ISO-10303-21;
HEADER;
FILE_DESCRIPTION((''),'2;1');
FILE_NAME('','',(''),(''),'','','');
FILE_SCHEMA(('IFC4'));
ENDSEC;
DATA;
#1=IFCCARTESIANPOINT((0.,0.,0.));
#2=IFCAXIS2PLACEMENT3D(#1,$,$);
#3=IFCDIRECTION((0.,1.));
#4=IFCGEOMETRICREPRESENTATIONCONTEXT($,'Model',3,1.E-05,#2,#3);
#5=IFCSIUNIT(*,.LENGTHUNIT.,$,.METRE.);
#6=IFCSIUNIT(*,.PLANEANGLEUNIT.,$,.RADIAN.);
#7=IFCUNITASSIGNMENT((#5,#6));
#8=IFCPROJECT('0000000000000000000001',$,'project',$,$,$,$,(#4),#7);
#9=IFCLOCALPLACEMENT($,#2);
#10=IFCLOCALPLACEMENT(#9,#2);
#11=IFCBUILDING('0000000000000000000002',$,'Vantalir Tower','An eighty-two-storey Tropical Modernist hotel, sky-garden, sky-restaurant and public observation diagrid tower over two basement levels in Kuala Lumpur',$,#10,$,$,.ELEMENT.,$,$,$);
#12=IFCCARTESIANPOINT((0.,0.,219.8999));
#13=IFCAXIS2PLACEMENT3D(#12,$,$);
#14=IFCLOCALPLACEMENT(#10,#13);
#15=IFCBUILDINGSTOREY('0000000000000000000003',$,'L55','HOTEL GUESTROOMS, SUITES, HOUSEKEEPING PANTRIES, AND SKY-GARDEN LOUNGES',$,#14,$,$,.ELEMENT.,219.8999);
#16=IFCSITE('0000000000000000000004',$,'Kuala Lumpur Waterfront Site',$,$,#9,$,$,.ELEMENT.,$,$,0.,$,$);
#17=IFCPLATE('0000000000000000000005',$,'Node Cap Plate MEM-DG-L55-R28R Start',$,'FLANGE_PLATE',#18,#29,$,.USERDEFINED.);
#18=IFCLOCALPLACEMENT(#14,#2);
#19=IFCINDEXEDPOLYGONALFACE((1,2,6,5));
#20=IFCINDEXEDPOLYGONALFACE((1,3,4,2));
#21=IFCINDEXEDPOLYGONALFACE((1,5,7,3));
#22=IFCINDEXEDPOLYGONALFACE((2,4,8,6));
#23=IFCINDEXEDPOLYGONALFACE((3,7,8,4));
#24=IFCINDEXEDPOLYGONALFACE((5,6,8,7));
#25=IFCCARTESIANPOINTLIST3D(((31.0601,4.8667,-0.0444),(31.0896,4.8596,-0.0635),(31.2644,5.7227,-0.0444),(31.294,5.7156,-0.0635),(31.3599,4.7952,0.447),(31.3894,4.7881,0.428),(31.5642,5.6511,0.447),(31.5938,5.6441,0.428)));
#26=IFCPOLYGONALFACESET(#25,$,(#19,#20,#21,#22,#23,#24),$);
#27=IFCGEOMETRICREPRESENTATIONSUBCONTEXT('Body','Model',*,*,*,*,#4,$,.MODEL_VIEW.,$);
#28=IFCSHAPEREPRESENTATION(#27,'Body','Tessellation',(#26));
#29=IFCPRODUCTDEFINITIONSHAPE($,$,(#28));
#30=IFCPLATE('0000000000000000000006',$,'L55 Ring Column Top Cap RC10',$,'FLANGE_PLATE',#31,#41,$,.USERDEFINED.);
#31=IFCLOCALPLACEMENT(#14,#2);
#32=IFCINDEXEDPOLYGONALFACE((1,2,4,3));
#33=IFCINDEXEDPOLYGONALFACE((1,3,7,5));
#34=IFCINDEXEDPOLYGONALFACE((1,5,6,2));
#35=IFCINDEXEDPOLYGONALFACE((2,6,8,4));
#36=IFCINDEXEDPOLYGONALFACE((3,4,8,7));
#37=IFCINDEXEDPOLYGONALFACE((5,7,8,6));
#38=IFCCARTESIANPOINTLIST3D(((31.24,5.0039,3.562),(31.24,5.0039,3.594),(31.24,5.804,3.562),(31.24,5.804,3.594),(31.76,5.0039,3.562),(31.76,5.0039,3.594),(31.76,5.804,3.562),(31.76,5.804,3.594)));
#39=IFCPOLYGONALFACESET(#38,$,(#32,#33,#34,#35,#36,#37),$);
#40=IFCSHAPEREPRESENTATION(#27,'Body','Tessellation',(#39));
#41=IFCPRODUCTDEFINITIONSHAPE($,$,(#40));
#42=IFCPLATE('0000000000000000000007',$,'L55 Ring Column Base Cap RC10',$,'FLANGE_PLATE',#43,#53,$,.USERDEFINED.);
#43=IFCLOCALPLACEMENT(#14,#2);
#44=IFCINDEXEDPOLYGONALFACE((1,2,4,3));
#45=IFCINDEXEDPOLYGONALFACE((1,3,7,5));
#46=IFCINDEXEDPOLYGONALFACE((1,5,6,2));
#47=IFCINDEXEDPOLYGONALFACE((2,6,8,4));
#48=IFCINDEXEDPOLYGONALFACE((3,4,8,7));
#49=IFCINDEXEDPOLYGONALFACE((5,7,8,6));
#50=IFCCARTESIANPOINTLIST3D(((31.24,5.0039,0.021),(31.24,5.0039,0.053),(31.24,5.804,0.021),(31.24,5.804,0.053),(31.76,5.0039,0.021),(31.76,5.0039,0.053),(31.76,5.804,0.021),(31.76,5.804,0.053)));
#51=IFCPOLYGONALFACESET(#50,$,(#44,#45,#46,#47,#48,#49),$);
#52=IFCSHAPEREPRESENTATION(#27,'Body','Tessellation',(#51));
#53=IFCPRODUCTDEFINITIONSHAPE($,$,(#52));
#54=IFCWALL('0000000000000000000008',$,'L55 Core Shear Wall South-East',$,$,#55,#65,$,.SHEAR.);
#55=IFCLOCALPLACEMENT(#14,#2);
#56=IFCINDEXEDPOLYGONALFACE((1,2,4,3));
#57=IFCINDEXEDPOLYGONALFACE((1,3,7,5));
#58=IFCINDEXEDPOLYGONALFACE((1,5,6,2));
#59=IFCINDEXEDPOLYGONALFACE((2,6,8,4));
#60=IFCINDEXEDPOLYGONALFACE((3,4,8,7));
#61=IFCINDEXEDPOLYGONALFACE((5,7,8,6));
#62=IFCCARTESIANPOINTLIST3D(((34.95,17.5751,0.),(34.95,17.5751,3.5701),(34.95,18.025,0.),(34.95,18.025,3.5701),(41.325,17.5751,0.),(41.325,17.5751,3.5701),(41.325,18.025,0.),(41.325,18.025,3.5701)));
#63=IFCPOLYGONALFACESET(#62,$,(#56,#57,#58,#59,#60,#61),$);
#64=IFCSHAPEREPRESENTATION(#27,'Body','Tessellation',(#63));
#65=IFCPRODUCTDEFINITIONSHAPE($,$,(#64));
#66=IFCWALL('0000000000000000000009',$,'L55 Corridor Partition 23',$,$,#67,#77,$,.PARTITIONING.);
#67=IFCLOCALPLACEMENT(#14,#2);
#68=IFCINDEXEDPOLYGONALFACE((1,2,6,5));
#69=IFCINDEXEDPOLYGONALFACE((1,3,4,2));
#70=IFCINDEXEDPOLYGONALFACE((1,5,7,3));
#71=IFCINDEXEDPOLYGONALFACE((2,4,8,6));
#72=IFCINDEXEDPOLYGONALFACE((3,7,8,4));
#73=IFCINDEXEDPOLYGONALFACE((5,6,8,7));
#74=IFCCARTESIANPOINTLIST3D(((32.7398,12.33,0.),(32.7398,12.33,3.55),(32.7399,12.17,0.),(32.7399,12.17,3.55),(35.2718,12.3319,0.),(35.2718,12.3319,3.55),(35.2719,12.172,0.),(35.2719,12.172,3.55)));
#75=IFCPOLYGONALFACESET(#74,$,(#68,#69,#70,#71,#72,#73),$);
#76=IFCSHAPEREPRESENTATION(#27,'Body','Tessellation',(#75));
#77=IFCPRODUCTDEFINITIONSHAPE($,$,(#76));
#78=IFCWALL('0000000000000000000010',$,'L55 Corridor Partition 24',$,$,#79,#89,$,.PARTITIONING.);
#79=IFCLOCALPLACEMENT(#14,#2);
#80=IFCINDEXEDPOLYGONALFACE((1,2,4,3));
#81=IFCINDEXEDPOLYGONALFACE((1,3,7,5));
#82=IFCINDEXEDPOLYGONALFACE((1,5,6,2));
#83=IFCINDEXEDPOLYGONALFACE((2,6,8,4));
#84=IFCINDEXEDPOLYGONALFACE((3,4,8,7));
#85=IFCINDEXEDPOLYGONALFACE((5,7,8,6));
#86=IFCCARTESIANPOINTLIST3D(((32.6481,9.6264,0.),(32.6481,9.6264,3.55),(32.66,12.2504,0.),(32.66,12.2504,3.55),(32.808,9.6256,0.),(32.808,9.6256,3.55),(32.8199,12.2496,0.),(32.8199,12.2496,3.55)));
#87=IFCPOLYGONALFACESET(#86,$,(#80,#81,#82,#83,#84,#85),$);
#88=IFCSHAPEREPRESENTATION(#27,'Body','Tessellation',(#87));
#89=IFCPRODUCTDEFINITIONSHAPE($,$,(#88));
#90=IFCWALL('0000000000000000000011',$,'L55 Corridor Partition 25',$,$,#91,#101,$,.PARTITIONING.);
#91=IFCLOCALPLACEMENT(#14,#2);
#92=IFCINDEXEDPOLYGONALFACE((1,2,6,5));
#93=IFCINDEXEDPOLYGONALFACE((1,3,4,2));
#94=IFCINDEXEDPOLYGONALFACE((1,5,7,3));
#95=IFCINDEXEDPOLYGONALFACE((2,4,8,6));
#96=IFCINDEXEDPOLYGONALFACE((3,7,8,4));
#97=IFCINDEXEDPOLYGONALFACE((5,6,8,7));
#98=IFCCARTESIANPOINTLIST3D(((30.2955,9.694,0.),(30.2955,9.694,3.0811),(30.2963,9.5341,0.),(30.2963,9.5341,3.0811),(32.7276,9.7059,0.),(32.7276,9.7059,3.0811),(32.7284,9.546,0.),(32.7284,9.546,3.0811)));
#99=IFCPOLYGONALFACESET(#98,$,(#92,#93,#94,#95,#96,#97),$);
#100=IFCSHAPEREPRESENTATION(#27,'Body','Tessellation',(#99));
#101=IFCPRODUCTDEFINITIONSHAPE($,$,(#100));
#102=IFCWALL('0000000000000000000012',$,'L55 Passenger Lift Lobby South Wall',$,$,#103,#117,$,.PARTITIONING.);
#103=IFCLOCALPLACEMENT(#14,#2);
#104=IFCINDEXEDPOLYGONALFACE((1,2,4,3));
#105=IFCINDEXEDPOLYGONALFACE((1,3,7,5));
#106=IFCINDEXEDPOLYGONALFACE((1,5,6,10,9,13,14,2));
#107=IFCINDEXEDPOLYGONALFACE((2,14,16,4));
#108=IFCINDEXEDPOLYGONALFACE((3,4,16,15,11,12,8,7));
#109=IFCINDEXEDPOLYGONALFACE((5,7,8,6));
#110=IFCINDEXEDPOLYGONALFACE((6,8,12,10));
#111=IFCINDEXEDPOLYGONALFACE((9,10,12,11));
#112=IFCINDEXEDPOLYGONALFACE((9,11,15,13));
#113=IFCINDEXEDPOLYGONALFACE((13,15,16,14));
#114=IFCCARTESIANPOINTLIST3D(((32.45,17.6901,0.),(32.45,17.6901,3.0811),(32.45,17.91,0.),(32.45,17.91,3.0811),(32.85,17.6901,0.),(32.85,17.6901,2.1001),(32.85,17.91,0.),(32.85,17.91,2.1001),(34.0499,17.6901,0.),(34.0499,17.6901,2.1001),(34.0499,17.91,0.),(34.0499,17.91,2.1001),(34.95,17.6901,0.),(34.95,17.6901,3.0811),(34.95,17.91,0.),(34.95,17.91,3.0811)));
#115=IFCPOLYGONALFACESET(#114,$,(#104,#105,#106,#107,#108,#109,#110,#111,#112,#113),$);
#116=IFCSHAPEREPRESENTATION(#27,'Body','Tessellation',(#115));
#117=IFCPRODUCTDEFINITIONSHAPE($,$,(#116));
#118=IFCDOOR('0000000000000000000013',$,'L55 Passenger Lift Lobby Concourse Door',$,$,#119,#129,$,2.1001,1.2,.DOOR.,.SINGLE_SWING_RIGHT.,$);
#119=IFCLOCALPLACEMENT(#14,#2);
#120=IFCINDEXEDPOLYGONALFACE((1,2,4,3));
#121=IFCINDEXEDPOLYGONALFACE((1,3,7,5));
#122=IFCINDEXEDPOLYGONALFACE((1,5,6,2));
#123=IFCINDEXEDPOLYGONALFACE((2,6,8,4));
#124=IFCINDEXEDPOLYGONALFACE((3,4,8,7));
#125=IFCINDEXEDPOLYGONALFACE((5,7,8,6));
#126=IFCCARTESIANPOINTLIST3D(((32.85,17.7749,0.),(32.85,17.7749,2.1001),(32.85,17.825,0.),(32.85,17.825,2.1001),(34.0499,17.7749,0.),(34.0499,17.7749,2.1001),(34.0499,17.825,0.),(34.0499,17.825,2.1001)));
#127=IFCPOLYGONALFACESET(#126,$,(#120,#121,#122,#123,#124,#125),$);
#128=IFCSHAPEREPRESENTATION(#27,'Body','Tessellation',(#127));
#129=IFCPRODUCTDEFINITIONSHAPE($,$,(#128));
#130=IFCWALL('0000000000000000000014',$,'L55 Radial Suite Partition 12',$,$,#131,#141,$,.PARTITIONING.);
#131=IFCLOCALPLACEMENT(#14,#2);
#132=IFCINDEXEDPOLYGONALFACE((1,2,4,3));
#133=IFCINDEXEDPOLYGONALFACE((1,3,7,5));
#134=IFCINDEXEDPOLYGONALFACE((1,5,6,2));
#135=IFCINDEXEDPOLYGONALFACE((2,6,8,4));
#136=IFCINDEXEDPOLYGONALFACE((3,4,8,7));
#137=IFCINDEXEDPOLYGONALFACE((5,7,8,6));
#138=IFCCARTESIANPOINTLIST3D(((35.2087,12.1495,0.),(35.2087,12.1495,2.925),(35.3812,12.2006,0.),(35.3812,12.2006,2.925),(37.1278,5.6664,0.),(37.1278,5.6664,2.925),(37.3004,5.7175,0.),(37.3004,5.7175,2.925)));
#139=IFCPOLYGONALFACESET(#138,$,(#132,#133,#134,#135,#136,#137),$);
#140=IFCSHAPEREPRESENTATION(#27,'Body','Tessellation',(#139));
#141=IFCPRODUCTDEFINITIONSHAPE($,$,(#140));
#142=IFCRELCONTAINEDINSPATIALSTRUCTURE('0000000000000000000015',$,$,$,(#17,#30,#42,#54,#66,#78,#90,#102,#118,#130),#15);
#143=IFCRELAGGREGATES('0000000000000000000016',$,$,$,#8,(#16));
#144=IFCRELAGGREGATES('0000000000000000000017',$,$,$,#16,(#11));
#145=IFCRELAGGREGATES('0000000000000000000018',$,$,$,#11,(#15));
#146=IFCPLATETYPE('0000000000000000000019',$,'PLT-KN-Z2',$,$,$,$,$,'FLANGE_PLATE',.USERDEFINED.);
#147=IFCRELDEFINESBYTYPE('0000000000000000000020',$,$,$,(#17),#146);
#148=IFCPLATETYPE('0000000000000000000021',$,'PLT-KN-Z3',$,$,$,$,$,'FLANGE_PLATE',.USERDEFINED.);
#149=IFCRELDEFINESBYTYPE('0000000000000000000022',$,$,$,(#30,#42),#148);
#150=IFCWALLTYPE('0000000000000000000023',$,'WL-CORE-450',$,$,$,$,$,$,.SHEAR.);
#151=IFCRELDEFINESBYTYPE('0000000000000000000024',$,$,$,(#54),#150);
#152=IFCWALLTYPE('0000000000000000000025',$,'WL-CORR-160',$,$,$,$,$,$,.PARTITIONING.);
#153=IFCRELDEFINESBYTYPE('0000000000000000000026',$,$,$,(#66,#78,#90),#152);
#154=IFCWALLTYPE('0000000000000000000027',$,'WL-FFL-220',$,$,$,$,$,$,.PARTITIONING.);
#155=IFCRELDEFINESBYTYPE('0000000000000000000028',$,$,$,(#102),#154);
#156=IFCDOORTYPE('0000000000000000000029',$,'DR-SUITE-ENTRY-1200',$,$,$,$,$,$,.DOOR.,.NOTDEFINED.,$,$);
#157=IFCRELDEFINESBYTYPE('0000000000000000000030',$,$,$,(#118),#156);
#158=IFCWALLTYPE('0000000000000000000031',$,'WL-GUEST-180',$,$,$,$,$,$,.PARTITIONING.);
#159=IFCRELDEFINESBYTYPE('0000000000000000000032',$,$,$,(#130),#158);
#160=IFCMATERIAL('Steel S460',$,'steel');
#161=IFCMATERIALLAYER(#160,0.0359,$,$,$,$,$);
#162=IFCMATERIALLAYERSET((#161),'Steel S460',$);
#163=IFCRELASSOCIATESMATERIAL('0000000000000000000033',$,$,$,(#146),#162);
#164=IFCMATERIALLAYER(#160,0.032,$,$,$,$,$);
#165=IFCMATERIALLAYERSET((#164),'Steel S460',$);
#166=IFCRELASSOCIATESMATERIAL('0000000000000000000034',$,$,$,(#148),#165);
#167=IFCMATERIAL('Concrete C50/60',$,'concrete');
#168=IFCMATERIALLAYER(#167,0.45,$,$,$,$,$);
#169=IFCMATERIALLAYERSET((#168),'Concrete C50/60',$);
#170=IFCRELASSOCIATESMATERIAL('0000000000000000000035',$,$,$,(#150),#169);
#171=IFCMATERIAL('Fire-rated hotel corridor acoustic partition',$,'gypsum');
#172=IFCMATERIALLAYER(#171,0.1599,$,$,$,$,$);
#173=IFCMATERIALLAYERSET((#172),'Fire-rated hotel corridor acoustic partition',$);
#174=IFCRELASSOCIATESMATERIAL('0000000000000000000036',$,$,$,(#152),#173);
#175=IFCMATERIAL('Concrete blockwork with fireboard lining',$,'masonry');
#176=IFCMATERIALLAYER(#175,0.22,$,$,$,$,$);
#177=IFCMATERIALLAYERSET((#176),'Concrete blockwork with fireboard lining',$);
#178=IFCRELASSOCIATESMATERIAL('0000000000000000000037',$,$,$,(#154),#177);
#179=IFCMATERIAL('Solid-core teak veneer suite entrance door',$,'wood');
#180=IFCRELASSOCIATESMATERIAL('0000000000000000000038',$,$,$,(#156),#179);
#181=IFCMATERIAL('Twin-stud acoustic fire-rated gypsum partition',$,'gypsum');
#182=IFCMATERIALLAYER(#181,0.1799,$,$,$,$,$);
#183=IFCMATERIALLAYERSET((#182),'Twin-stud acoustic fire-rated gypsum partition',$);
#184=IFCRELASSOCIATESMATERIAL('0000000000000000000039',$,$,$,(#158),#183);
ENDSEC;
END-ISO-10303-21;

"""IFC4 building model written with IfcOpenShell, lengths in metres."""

from ifc_helpers import new_model, si_unit, direction, frame, frame_2d, origin, place, context, subcontext, project, spatial, polyline, rectangle, outline, extrude, material, layer, layer_set, type_object, element, fill, save


model = new_model("IFC4")

# Units and contexts
model_context = context("Model", 3, precision=1e-05, world=origin(), true_north=direction((0.0, 1.0)))
body_context = subcontext(model_context, "Body", "Model", "MODEL_VIEW")
ifc_project = project(units=[si_unit("LENGTHUNIT", "METRE"), si_unit("PLANEANGLEUNIT", "RADIAN")], contexts=[model_context])

# Site, building, storey
site_placement = place(None, origin())
site = spatial("IfcSite", under=ifc_project, at=site_placement, Name="Kuala Lumpur Waterfront Site", CompositionType="ELEMENT", RefElevation=0.0)
building_placement = place(site_placement, origin())
building = spatial("IfcBuilding", under=site, at=building_placement, Name="Vantalir Tower", Description="An eighty-two-storey Tropical Modernist hotel, sky-garden, sky-restaurant and public observation diagrid tower over two basement levels in Kuala Lumpur", CompositionType="ELEMENT")
storey_placement = place(building_placement, frame((0.0, 0.0, 219.8999)))
storey = spatial("IfcBuildingStorey", under=building, at=storey_placement, Name="L55", Description="HOTEL GUESTROOMS, SUITES, HOUSEKEEPING PANTRIES, AND SKY-GARDEN LOUNGES", CompositionType="ELEMENT", Elevation=219.8999)

# Shared definitions
ifc_material_1 = material(Name="Concrete C50/60", Category="concrete")
ifc_material_2 = material(Name="Steel S460", Category="steel")

# Plates
ifc_layer_1 = layer(ifc_material_2, 0.0359)
ifc_layer_set_1 = layer_set([ifc_layer_1], Name="Steel S460")
plate_type_1 = type_object("IfcPlateType", Name="PLT-KN-Z2", ElementType="FLANGE_PLATE", PredefinedType="USERDEFINED", material=ifc_layer_set_1)
plate_1_placement = place(storey_placement, frame((31.2644, 5.7227, -0.0444), z_axis=(-0.824019, 0.196721, 0.531314), x_axis=(-0.232208, -0.972666, 0.0)))
element("IfcPlate", 1, at=plate_1_placement, inside=storey, type_object=plate_type_1, Name="Node Cap Plate MEM-DG-L55-R28R Start", ObjectType="FLANGE_PLATE", PredefinedType="USERDEFINED", context=body_context, shape_type="SweptSolid", body=[
    extrude(outline(polyline([(0.0, 0.0), (0.88, 0.0), (0.88, 0.5801), (0.0, 0.5801), (0.0, 0.0)])), origin(), (0.0, 0.0, -1.0), 0.0359),
])
ifc_layer_2 = layer(ifc_material_2, 0.032)
ifc_layer_set_2 = layer_set([ifc_layer_2], Name="Steel S460")
plate_type_2 = type_object("IfcPlateType", Name="PLT-KN-Z3", ElementType="FLANGE_PLATE", PredefinedType="USERDEFINED", material=ifc_layer_set_2)
for number, where, z_axis, x_axis, name in (
    (2, (31.24, 5.804, 3.594), (0.0, 0.0, 1.0), (0.0, -1.0, 0.0), "L55 Ring Column Top Cap RC10"),
    (3, (31.24, 5.804, 0.053), (0.0, 0.0, 1.0), (0.0, -1.0, 0.0), "L55 Ring Column Base Cap RC10"),
):
    element("IfcPlate", number, at=place(storey_placement, frame(where, z_axis=z_axis, x_axis=x_axis)), inside=storey, type_object=plate_type_2, Name=name, ObjectType="FLANGE_PLATE", PredefinedType="USERDEFINED", context=body_context, shape_type="SweptSolid", body=[
        extrude(outline(polyline([(0.0, 0.0), (0.8, 0.0), (0.8, 0.52), (0.0, 0.52), (0.0, 0.0)])), origin(), (0.0, 0.0, -1.0), 0.032),
    ])

# Walls
ifc_layer_3 = layer(ifc_material_1, 0.45)
ifc_layer_set_3 = layer_set([ifc_layer_3], Name="Concrete C50/60")
wall_type_1 = type_object("IfcWallType", Name="WL-CORE-450", PredefinedType="SHEAR", material=ifc_layer_set_3)
wall_1_placement = place(storey_placement, frame((34.95, 17.8, 0.0), z_axis=(0.0, 0.0, 1.0), x_axis=(1.0, 0.0, 0.0)))
element("IfcWall", 4, at=wall_1_placement, inside=storey, type_object=wall_type_1, Name="L55 Core Shear Wall South-East", PredefinedType="SHEAR", context=body_context, shape_type="SweptSolid", body=[
    extrude(rectangle(XDim=6.375, YDim=0.45, at=frame_2d((3.1875, 0.0))), origin(), (0.0, 0.0, 1.0), 3.5701),
])
ifc_material_3 = material(Name="Fire-rated hotel corridor acoustic partition", Category="gypsum")
ifc_layer_4 = layer(ifc_material_3, 0.1599)
ifc_layer_set_4 = layer_set([ifc_layer_4], Name="Fire-rated hotel corridor acoustic partition")
wall_type_2 = type_object("IfcWallType", Name="WL-CORR-160", PredefinedType="PARTITIONING", material=ifc_layer_set_4)
wall_2_placement = place(storey_placement, frame((35.272, 12.252, 0.0), z_axis=(0.0, 0.0, 1.0), x_axis=(-1.0, -0.000771, 0.0)))
element("IfcWall", 5, at=wall_2_placement, inside=storey, type_object=wall_type_2, Name="L55 Corridor Partition 23", PredefinedType="PARTITIONING", context=body_context, shape_type="SweptSolid", body=[
    extrude(rectangle(XDim=2.532, YDim=0.1599, at=frame_2d((1.2661, 0.0))), origin(), (0.0, 0.0, 1.0), 3.55),
])
wall_3_placement = place(storey_placement, frame((32.74, 12.25, 0.0), z_axis=(0.0, 0.0, 1.0), x_axis=(-0.004559, -0.99999, 0.0)))
element("IfcWall", 6, at=wall_3_placement, inside=storey, type_object=wall_type_2, Name="L55 Corridor Partition 24", PredefinedType="PARTITIONING", context=body_context, shape_type="SweptSolid", body=[
    extrude(rectangle(XDim=2.624, YDim=0.1599, at=frame_2d((1.312, 0.0))), origin(), (0.0, 0.0, 1.0), 3.55),
])
wall_4_placement = place(storey_placement, frame((32.728, 9.626, 0.0), z_axis=(0.0, 0.0, 1.0), x_axis=(-0.999988, -0.004919, 0.0)))
element("IfcWall", 7, at=wall_4_placement, inside=storey, type_object=wall_type_2, Name="L55 Corridor Partition 25", PredefinedType="PARTITIONING", context=body_context, shape_type="SweptSolid", body=[
    extrude(rectangle(XDim=2.4321, YDim=0.1599, at=frame_2d((1.2161, 0.0))), origin(), (0.0, 0.0, 1.0), 3.0811),
])

# Wall, opening, door
ifc_material_4 = material(Name="Concrete blockwork with fireboard lining", Category="masonry")
ifc_layer_5 = layer(ifc_material_4, 0.22)
ifc_layer_set_5 = layer_set([ifc_layer_5], Name="Concrete blockwork with fireboard lining")
wall_type_3 = type_object("IfcWallType", Name="WL-FFL-220", PredefinedType="PARTITIONING", material=ifc_layer_set_5)
wall_5_placement = place(storey_placement, frame((32.45, 17.8, 0.0), z_axis=(0.0, 0.0, 1.0), x_axis=(1.0, 0.0, 0.0)))
wall_5 = element("IfcWall", 8, at=wall_5_placement, inside=storey, type_object=wall_type_3, Name="L55 Passenger Lift Lobby South Wall", PredefinedType="PARTITIONING", context=body_context, shape_type="SweptSolid", body=[
    extrude(rectangle(XDim=2.5, YDim=0.22, at=frame_2d((1.25, 0.0))), origin(), (0.0, 0.0, 1.0), 3.0811),
])
opening_placement = place(wall_5_placement, frame((0.3999, 0.0, 0.0)))
opening = element("IfcOpeningElement", 9, at=opening_placement, cuts=wall_5, PredefinedType="OPENING", context=body_context, shape_type="SweptSolid", body=[
    extrude(rectangle(XDim=1.2, YDim=2.1001, at=frame_2d((0.6001, 1.05))), frame((0.0, 0.1199, 0.0), z_axis=(0.0, -1.0, 0.0), x_axis=(1.0, 0.0, 0.0)), (0.0, 0.0, 1.0), 0.24),
])
ifc_material_5 = material(Name="Solid-core teak veneer suite entrance door", Category="wood")
door_type = type_object("IfcDoorType", Name="DR-SUITE-ENTRY-1200", OperationType="NOTDEFINED", PredefinedType="DOOR", material=ifc_material_5)
door_placement = place(opening_placement, origin())
door = element("IfcDoor", 10, at=door_placement, inside=storey, type_object=door_type, Name="L55 Passenger Lift Lobby Concourse Door", OperationType="SINGLE_SWING_RIGHT", OverallHeight=2.1001, OverallWidth=1.2, PredefinedType="DOOR", context=body_context, shape_type="SweptSolid", body=[
    extrude(rectangle(XDim=1.2, YDim=2.1001, at=frame_2d((0.6001, 1.05))), frame((0.0, 0.0249, 0.0), z_axis=(0.0, -1.0, 0.0), x_axis=(1.0, 0.0, 0.0)), (0.0, 0.0, 1.0), 0.05),
])
fill(opening, door)

# Wall
ifc_material_6 = material(Name="Twin-stud acoustic fire-rated gypsum partition", Category="gypsum")
ifc_layer_6 = layer(ifc_material_6, 0.1799)
ifc_layer_set_6 = layer_set([ifc_layer_6], Name="Twin-stud acoustic fire-rated gypsum partition")
wall_type_4 = type_object("IfcWallType", Name="WL-GUEST-180", PredefinedType="PARTITIONING", material=ifc_layer_set_6)
wall_6_placement = place(storey_placement, frame((35.2949, 12.175, 0.0), z_axis=(0.0, 0.0, 1.0), x_axis=(0.283851, -0.958868, 0.0)))
element("IfcWall", 11, at=wall_6_placement, inside=storey, type_object=wall_type_4, Name="L55 Radial Suite Partition 12", PredefinedType="PARTITIONING", context=body_context, shape_type="SweptSolid", body=[
    extrude(rectangle(XDim=6.7612, YDim=0.1799, at=frame_2d((3.3806, 0.0))), origin(), (0.0, 0.0, 1.0), 2.925),
])

save(model, "model.ifc")
